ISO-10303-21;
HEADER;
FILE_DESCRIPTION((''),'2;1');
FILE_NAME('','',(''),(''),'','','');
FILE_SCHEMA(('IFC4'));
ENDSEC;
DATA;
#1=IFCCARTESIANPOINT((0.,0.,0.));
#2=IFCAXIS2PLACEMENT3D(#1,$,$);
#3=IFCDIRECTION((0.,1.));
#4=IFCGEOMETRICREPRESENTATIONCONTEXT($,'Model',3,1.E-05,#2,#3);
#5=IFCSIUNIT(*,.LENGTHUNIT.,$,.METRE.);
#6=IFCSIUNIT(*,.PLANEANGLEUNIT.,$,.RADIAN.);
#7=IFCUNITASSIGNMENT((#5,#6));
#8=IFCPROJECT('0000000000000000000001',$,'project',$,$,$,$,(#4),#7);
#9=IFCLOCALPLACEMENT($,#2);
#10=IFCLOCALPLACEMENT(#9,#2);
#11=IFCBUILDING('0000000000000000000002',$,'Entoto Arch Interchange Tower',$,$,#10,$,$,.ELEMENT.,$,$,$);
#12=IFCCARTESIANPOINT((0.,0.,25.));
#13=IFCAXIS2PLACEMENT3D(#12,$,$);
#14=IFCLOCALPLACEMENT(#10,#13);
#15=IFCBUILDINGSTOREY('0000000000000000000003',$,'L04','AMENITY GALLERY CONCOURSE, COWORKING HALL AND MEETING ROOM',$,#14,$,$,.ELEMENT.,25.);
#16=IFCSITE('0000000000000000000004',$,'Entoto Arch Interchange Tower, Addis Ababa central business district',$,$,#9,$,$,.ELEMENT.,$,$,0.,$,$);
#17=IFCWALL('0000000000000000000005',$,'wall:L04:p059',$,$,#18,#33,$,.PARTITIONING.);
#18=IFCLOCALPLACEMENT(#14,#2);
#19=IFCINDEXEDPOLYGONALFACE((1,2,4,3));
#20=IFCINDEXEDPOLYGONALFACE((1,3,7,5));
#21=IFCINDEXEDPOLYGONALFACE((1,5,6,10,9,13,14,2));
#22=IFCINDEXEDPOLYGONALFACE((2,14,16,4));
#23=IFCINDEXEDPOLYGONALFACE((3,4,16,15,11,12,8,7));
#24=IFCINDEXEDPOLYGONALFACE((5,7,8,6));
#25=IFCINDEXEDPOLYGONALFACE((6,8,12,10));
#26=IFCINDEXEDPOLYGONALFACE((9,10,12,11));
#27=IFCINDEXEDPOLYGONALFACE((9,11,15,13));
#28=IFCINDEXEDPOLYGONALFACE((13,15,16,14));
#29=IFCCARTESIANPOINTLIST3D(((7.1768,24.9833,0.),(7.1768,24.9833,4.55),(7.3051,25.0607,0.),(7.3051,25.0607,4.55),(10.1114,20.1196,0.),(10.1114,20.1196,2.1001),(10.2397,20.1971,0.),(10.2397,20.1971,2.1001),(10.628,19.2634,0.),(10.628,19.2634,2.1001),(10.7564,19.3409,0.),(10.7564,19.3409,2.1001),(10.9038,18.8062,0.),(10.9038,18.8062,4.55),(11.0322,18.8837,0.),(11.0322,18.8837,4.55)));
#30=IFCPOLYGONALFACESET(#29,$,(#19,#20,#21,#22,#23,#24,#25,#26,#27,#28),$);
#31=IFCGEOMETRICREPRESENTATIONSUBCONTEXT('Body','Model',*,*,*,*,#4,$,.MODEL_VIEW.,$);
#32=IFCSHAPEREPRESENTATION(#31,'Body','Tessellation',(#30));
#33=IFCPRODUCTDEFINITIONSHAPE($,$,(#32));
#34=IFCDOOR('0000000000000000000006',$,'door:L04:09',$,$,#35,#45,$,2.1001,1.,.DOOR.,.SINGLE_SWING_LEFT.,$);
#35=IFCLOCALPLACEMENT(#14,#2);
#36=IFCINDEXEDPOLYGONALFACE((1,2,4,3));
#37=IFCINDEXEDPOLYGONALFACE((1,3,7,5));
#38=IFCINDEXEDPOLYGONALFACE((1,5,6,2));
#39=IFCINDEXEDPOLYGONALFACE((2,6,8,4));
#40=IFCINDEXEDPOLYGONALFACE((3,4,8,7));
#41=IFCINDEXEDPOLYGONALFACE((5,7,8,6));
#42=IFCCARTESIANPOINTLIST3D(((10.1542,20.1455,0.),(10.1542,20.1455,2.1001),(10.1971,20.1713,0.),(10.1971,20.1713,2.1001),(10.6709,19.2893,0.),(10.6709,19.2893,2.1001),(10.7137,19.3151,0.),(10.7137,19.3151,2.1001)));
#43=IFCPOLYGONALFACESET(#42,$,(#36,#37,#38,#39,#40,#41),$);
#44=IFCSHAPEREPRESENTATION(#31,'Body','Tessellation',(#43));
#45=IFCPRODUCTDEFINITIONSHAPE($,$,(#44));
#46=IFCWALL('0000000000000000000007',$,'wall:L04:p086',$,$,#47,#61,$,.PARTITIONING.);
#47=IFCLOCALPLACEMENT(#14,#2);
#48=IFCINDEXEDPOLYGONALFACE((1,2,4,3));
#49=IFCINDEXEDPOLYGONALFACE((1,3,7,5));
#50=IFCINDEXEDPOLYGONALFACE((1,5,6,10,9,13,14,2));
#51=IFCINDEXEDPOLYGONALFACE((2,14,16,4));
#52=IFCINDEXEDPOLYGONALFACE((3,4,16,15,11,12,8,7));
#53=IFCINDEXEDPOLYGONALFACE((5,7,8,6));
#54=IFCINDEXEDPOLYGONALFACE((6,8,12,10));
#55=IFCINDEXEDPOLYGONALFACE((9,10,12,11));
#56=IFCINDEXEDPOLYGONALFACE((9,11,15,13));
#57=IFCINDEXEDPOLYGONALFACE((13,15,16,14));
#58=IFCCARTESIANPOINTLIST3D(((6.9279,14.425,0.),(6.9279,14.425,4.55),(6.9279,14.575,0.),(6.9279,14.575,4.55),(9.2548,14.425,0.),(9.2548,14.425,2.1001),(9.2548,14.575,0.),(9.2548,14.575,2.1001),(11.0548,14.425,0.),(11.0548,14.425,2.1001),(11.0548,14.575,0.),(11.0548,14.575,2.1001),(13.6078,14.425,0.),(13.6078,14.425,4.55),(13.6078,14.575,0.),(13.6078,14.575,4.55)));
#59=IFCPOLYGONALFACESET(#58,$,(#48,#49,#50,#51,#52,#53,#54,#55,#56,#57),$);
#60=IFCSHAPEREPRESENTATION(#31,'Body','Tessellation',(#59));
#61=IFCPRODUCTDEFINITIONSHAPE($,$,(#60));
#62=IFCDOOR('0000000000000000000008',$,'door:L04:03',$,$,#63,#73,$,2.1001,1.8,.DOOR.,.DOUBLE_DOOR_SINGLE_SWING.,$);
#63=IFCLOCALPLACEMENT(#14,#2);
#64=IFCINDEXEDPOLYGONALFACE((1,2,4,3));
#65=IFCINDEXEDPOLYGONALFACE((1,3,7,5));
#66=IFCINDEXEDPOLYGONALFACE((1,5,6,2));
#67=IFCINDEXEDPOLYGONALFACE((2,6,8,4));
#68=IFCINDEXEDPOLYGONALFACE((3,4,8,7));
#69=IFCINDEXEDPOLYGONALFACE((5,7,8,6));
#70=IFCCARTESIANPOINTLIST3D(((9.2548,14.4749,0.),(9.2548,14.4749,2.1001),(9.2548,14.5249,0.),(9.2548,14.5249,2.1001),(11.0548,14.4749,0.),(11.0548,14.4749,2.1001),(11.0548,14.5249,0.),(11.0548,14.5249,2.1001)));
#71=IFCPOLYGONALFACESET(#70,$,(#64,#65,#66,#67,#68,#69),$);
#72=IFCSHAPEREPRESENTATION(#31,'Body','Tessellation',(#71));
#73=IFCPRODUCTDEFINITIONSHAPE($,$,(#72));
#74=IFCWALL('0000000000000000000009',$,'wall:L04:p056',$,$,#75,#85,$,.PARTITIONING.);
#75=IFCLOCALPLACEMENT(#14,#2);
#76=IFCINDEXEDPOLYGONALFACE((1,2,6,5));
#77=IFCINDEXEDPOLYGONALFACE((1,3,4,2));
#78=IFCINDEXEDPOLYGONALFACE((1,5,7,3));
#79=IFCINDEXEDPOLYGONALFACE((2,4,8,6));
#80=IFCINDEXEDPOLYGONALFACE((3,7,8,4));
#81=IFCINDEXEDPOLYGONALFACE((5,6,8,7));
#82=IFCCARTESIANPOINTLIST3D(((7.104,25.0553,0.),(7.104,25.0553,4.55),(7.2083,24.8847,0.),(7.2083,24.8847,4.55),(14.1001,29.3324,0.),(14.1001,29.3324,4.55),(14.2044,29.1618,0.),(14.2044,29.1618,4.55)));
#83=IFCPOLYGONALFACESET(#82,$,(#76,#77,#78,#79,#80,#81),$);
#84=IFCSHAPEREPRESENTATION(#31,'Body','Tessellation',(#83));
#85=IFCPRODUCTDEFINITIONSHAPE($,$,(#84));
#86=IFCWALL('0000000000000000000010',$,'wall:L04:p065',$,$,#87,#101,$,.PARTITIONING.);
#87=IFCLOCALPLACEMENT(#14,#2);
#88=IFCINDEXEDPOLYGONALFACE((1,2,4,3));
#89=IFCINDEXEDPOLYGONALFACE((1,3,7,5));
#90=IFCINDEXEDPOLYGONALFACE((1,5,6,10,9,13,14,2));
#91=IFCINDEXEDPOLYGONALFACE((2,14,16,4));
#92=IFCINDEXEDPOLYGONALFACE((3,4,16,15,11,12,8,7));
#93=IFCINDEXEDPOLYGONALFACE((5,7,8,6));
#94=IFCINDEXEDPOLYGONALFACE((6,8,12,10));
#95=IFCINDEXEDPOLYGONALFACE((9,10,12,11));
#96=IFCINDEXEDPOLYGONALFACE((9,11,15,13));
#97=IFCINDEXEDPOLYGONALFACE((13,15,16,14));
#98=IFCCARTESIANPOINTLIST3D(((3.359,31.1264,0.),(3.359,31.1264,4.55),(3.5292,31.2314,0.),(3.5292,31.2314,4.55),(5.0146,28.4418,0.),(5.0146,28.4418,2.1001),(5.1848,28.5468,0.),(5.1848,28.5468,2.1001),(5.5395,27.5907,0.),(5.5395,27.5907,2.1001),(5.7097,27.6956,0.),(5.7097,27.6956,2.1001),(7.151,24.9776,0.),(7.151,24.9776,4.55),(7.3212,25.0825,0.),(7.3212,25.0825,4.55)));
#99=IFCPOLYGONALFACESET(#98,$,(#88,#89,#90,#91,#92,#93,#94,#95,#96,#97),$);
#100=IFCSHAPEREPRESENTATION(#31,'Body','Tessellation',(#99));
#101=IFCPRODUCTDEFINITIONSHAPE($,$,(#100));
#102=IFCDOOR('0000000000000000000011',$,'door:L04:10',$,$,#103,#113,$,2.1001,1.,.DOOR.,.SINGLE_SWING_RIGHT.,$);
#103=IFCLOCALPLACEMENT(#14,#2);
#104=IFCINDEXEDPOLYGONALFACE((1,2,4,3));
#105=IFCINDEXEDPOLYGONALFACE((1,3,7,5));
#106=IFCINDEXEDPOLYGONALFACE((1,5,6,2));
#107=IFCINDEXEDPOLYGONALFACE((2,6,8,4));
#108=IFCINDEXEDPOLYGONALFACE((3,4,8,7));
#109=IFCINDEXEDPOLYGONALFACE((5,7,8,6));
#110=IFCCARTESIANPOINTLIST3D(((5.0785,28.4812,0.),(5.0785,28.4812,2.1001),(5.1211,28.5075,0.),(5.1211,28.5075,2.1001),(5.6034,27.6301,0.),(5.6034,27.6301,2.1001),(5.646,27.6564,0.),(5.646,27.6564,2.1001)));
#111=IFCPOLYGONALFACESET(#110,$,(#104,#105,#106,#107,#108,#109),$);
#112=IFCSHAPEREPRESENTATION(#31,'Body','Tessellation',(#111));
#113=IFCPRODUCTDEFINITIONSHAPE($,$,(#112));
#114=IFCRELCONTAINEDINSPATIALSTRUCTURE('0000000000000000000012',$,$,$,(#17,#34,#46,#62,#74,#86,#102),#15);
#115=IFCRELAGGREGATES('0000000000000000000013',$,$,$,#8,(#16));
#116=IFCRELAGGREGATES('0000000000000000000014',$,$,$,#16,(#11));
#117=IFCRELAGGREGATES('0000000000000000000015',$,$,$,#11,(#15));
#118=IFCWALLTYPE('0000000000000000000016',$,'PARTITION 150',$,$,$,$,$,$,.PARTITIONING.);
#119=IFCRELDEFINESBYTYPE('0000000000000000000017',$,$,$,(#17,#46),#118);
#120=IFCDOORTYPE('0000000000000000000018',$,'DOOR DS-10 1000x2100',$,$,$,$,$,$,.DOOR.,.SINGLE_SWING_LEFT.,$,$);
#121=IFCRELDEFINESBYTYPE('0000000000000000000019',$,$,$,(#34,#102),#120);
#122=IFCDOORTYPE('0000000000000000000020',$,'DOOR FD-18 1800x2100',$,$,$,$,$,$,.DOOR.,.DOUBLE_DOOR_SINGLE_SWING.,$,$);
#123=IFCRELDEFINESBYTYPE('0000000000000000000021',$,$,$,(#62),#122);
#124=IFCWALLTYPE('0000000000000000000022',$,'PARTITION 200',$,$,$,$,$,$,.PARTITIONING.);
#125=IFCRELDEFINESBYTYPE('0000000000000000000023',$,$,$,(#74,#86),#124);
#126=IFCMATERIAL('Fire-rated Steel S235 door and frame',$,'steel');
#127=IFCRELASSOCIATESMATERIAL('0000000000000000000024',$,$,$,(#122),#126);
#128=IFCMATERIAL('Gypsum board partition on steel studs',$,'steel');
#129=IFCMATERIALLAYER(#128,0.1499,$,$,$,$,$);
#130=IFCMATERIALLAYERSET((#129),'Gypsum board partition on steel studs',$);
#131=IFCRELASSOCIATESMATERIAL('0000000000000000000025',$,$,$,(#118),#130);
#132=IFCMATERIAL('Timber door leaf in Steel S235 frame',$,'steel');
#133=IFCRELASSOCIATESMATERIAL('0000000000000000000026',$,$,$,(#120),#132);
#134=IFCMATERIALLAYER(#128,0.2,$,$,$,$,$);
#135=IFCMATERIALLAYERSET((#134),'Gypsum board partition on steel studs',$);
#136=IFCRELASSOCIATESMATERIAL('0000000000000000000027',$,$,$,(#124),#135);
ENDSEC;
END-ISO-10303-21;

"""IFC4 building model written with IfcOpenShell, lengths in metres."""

from ifc_helpers import new_model, si_unit, direction, frame, frame_2d, origin, place, context, subcontext, project, spatial, rectangle, extrude, material, layer, layer_set, type_object, element, fill, save


model = new_model("IFC4")

# Units and contexts
model_context = context("Model", 3, precision=1e-05, world=origin(), true_north=direction((0.0, 1.0)))
body_context = subcontext(model_context, "Body", "Model", "MODEL_VIEW")
ifc_project = project(units=[si_unit("LENGTHUNIT", "METRE"), si_unit("PLANEANGLEUNIT", "RADIAN")], contexts=[model_context])

# Site, building, storey
site_placement = place(None, origin())
site = spatial("IfcSite", under=ifc_project, at=site_placement, Name="Entoto Arch Interchange Tower, Addis Ababa central business district", CompositionType="ELEMENT", RefElevation=0.0)
building_placement = place(site_placement, origin())
building = spatial("IfcBuilding", under=site, at=building_placement, Name="Entoto Arch Interchange Tower", CompositionType="ELEMENT")
storey_placement = place(building_placement, frame((0.0, 0.0, 25.0)))
storey = spatial("IfcBuildingStorey", under=building, at=storey_placement, Name="L04", Description="AMENITY GALLERY CONCOURSE, COWORKING HALL AND MEETING ROOM", CompositionType="ELEMENT", Elevation=25.0)

# Walls, openings, doors
ifc_material_1 = material(Name="Fire-rated Steel S235 door and frame", Category="steel")
door_type_1 = type_object("IfcDoorType", Name="DOOR FD-18 1800x2100", OperationType="DOUBLE_DOOR_SINGLE_SWING", PredefinedType="DOOR", material=ifc_material_1)
ifc_material_2 = material(Name="Gypsum board partition on steel studs", Category="steel")
ifc_layer_1 = layer(ifc_material_2, 0.1499)
ifc_layer_set_1 = layer_set([ifc_layer_1], Name="Gypsum board partition on steel studs")
wall_type_1 = type_object("IfcWallType", Name="PARTITION 150", PredefinedType="PARTITIONING", material=ifc_layer_set_1)
wall_1_placement = place(storey_placement, frame((10.968, 18.845, 0.0), z_axis=(0.0, 0.0, 1.0), x_axis=(-0.516619, 0.856215, 0.0)))
wall_1 = element("IfcWall", 1, at=wall_1_placement, inside=storey, type_object=wall_type_1, Name="wall:L04:p059", PredefinedType="PARTITIONING", context=body_context, shape_type="SweptSolid", body=[
    extrude(rectangle(XDim=7.2144, YDim=0.1499, at=frame_2d((3.6072, 0.0))), origin(), (0.0, 0.0, 1.0), 4.55),
])
opening_1_placement = place(wall_1_placement, frame((0.5339, 0.0, 0.0)))
opening_1 = element("IfcOpeningElement", 2, at=opening_1_placement, cuts=wall_1, PredefinedType="OPENING", context=body_context, shape_type="SweptSolid", body=[
    extrude(rectangle(XDim=1.0, YDim=2.1001, at=frame_2d((0.5, 1.05))), frame((0.0, 0.085, 0.0), z_axis=(0.0, -1.0, 0.0), x_axis=(1.0, 0.0, 0.0)), (0.0, 0.0, 1.0), 0.1699),
])
ifc_material_3 = material(Name="Timber door leaf in Steel S235 frame", Category="steel")
door_type_2 = type_object("IfcDoorType", Name="DOOR DS-10 1000x2100", OperationType="SINGLE_SWING_LEFT", PredefinedType="DOOR", material=ifc_material_3)
door_1_placement = place(opening_1_placement, origin())
door_1 = element("IfcDoor", 3, at=door_1_placement, inside=storey, type_object=door_type_2, Name="door:L04:09", OperationType="SINGLE_SWING_LEFT", OverallHeight=2.1001, OverallWidth=1.0, PredefinedType="DOOR", context=body_context, shape_type="SweptSolid", body=[
    extrude(rectangle(XDim=1.0, YDim=2.1001, at=frame_2d((0.5, 1.05))), frame((0.0, 0.0249, 0.0), z_axis=(0.0, -1.0, 0.0), x_axis=(1.0, 0.0, 0.0)), (0.0, 0.0, 1.0), 0.05),
])
fill(opening_1, door_1)
wall_2_placement = place(storey_placement, frame((6.928, 14.5, 0.0), z_axis=(0.0, 0.0, 1.0), x_axis=(1.0, 0.0, 0.0)))
wall_2 = element("IfcWall", 4, at=wall_2_placement, inside=storey, type_object=wall_type_1, Name="wall:L04:p086", PredefinedType="PARTITIONING", context=body_context, shape_type="SweptSolid", body=[
    extrude(rectangle(XDim=6.6799, YDim=0.1499, at=frame_2d((3.3398, 0.0))), origin(), (0.0, 0.0, 1.0), 4.55),
])
opening_2_placement = place(wall_2_placement, frame((2.3269, 0.0, 0.0)))
opening_2 = element("IfcOpeningElement", 5, at=opening_2_placement, cuts=wall_2, PredefinedType="OPENING", context=body_context, shape_type="SweptSolid", body=[
    extrude(rectangle(XDim=1.8, YDim=2.1001, at=frame_2d((0.8999, 1.05))), frame((0.0, 0.085, 0.0), z_axis=(0.0, -1.0, 0.0), x_axis=(1.0, 0.0, 0.0)), (0.0, 0.0, 1.0), 0.1699),
])
door_2_placement = place(opening_2_placement, origin())
door_2 = element("IfcDoor", 6, at=door_2_placement, inside=storey, type_object=door_type_1, Name="door:L04:03", OperationType="DOUBLE_DOOR_SINGLE_SWING", OverallHeight=2.1001, OverallWidth=1.8, PredefinedType="DOOR", context=body_context, shape_type="SweptSolid", body=[
    extrude(rectangle(XDim=1.8, YDim=2.1001, at=frame_2d((0.8999, 1.05))), frame((0.0, 0.0249, 0.0), z_axis=(0.0, -1.0, 0.0), x_axis=(1.0, 0.0, 0.0)), (0.0, 0.0, 1.0), 0.05),
])
fill(opening_2, door_2)

# Wall
ifc_layer_2 = layer(ifc_material_2, 0.2)
ifc_layer_set_2 = layer_set([ifc_layer_2], Name="Gypsum board partition on steel studs")
wall_type_2 = type_object("IfcWallType", Name="PARTITION 200", PredefinedType="PARTITIONING", material=ifc_layer_set_2)
wall_3_placement = place(storey_placement, frame((7.156, 24.97, 0.0), z_axis=(0.0, 0.0, 1.0), x_axis=(0.853189, 0.521602, 0.0)))
element("IfcWall", 7, at=wall_3_placement, inside=storey, type_object=wall_type_2, Name="wall:L04:p056", PredefinedType="PARTITIONING", context=body_context, shape_type="SweptSolid", body=[
    extrude(rectangle(XDim=8.2, YDim=0.2, at=frame_2d((4.1001, 0.0))), origin(), (0.0, 0.0, 1.0), 4.55),
])

# Wall, opening, door
wall_4_placement = place(storey_placement, frame((7.2361, 25.03, 0.0), z_axis=(0.0, 0.0, 1.0), x_axis=(-0.524904, 0.851161, 0.0)))
wall_4 = element("IfcWall", 8, at=wall_4_placement, inside=storey, type_object=wall_type_2, Name="wall:L04:p065", PredefinedType="PARTITIONING", context=body_context, shape_type="SweptSolid", body=[
    extrude(rectangle(XDim=7.2241, YDim=0.2, at=frame_2d((3.6121, 0.0))), origin(), (0.0, 0.0, 1.0), 4.55),
])
opening_3_placement = place(wall_4_placement, frame((3.0701, 0.0, 0.0)))
opening_3 = element("IfcOpeningElement", 9, at=opening_3_placement, cuts=wall_4, PredefinedType="OPENING", context=body_context, shape_type="SweptSolid", body=[
    extrude(rectangle(XDim=1.0, YDim=2.1001, at=frame_2d((0.5, 1.05))), frame((0.0, 0.1099, 0.0), z_axis=(0.0, -1.0, 0.0), x_axis=(1.0, 0.0, 0.0)), (0.0, 0.0, 1.0), 0.22),
])
door_3_placement = place(opening_3_placement, origin())
door_3 = element("IfcDoor", 10, at=door_3_placement, inside=storey, type_object=door_type_2, Name="door:L04:10", OperationType="SINGLE_SWING_RIGHT", OverallHeight=2.1001, OverallWidth=1.0, PredefinedType="DOOR", context=body_context, shape_type="SweptSolid", body=[
    extrude(rectangle(XDim=1.0, YDim=2.1001, at=frame_2d((0.5, 1.05))), frame((0.0, 0.0249, 0.0), z_axis=(0.0, -1.0, 0.0), x_axis=(1.0, 0.0, 0.0)), (0.0, 0.0, 1.0), 0.05),
])
fill(opening_3, door_3)

save(model, "model.ifc")
